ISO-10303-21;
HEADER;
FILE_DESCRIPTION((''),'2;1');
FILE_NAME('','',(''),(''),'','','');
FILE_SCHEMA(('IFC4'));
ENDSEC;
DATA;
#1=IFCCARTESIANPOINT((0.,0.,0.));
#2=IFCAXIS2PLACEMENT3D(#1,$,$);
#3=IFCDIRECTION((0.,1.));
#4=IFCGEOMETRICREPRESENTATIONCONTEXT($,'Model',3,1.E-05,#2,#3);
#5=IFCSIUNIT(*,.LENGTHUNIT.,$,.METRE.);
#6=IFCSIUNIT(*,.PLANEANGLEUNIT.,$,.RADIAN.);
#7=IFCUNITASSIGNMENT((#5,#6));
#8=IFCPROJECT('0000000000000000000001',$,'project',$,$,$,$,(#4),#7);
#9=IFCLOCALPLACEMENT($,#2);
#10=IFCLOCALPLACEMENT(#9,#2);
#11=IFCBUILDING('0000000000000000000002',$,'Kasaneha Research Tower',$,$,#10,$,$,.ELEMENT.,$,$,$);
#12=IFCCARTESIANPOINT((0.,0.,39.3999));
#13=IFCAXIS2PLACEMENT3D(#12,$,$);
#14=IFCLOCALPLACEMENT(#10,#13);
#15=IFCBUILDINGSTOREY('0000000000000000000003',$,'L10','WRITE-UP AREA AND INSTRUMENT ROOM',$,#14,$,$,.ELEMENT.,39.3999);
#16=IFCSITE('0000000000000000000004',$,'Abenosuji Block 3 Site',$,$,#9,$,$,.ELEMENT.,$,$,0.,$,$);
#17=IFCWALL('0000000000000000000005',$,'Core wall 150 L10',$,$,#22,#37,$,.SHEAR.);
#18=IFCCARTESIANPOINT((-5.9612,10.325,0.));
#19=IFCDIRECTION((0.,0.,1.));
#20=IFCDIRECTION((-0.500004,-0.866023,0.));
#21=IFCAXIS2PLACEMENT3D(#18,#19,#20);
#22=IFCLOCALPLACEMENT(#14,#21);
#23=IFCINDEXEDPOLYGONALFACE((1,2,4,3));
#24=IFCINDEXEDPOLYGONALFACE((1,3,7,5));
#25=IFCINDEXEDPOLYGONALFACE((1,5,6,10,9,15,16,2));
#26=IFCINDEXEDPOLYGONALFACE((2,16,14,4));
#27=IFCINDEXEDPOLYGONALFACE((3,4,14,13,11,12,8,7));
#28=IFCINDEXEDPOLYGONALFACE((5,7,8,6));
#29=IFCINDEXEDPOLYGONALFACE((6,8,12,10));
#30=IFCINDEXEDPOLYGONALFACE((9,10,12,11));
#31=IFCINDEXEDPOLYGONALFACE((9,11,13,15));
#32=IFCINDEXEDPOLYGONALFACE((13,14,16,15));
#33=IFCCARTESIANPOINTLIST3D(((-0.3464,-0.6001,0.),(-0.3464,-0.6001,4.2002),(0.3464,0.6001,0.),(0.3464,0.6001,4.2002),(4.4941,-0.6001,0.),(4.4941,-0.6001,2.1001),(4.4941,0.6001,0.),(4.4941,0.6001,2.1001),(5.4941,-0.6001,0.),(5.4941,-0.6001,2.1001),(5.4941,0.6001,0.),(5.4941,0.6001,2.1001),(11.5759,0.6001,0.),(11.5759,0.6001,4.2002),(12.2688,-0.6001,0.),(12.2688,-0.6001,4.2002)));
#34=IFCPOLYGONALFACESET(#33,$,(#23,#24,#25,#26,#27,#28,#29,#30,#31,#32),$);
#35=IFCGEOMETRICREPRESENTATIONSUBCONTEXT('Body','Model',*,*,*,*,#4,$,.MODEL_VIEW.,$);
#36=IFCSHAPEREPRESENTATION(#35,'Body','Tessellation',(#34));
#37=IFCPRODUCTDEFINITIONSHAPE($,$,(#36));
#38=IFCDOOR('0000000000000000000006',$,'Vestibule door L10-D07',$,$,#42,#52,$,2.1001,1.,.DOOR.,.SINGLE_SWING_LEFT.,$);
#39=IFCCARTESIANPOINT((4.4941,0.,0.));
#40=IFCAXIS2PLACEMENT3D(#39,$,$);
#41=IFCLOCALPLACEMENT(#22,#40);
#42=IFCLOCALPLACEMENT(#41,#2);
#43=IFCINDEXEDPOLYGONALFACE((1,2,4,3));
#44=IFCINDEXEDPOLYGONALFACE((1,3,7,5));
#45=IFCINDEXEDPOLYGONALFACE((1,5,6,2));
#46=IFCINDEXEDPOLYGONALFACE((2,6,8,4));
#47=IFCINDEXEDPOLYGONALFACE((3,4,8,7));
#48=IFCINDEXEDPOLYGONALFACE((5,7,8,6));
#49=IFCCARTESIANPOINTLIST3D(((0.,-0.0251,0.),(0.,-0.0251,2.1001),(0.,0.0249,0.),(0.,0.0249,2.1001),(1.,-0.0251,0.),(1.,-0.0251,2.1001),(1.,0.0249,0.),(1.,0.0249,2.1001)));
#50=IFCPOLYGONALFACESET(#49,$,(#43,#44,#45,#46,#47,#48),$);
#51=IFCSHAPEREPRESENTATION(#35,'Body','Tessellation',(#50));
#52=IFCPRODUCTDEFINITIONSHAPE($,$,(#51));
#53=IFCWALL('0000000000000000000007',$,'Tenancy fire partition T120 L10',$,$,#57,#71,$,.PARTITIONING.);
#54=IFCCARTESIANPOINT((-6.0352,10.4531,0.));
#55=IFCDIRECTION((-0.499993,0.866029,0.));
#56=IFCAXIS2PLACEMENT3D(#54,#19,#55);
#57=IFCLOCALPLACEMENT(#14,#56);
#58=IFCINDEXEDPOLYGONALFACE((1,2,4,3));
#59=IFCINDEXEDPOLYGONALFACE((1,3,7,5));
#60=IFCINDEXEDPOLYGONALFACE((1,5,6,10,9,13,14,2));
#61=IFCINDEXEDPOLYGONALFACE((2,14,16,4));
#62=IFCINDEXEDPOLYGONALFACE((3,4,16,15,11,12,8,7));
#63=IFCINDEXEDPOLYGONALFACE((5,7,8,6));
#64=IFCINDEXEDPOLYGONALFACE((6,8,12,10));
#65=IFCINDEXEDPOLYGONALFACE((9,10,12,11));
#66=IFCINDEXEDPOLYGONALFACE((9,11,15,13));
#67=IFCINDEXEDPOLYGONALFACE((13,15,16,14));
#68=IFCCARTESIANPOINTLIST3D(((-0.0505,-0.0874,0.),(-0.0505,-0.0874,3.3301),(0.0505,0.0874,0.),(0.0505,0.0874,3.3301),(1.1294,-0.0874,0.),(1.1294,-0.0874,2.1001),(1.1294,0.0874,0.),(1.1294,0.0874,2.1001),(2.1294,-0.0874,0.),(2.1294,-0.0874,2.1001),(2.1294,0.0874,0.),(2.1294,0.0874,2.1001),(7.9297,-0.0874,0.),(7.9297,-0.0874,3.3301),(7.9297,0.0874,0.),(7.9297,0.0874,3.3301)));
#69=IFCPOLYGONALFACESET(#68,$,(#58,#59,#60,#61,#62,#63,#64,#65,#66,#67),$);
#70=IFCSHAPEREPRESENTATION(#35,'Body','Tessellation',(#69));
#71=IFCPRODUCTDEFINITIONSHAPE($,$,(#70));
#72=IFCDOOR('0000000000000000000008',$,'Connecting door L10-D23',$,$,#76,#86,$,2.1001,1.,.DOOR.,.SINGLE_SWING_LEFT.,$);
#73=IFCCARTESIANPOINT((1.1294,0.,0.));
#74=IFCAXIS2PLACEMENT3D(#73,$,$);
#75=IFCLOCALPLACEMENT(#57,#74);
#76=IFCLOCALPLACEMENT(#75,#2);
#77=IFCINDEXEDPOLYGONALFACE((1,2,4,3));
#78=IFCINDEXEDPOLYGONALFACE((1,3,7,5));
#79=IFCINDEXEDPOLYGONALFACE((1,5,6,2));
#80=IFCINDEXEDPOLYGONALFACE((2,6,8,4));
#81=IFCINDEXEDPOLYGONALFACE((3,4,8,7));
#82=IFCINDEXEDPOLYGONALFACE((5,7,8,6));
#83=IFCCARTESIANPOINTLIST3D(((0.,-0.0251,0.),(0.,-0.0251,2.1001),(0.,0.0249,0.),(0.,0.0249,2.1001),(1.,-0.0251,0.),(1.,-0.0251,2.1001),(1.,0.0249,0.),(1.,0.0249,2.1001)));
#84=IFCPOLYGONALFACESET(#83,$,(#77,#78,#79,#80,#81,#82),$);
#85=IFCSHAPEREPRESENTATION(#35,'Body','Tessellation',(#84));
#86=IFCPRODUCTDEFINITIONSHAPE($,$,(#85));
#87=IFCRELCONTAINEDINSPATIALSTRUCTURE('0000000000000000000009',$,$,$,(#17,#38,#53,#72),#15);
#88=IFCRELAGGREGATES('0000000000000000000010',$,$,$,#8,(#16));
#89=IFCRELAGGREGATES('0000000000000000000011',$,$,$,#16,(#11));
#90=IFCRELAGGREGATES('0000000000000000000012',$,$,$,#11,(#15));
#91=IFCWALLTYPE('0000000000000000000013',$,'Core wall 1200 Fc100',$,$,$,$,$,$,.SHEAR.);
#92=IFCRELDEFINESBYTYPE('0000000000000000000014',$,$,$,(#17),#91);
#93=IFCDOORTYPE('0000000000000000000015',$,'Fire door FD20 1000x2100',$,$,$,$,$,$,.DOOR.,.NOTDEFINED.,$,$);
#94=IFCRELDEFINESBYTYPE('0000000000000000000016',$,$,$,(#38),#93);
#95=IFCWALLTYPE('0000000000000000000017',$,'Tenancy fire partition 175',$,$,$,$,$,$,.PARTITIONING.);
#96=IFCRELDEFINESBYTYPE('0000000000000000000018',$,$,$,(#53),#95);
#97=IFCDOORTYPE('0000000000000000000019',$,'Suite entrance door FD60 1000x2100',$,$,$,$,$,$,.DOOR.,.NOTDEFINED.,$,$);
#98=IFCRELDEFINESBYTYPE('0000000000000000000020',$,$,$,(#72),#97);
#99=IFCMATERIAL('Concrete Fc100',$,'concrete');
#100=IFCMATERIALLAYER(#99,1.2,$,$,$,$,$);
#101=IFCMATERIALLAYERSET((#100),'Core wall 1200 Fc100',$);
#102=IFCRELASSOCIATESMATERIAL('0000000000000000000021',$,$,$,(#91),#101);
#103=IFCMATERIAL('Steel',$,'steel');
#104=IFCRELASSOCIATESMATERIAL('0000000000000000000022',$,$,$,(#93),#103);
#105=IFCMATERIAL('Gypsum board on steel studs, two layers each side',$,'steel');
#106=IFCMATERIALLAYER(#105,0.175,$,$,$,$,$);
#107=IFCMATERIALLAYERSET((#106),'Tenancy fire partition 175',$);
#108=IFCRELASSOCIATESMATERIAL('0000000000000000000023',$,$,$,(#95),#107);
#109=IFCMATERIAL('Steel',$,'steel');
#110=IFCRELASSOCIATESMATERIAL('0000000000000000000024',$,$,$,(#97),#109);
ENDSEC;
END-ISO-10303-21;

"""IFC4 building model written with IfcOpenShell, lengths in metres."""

from ifc_helpers import new_model, si_unit, direction, frame, frame_2d, origin, place, context, subcontext, project, spatial, polyline, rectangle, outline, extrude, material, layer, layer_set, type_object, element, fill, save


model = new_model("IFC4")

# Units and contexts
model_context = context("Model", 3, precision=1e-05, world=origin(), true_north=direction((0.0, 1.0)))
body_context = subcontext(model_context, "Body", "Model", "MODEL_VIEW")
ifc_project = project(units=[si_unit("LENGTHUNIT", "METRE"), si_unit("PLANEANGLEUNIT", "RADIAN")], contexts=[model_context])

# Site, building, storey
site_placement = place(None, origin())
site = spatial("IfcSite", under=ifc_project, at=site_placement, Name="Abenosuji Block 3 Site", CompositionType="ELEMENT", RefElevation=0.0)
building_placement = place(site_placement, origin())
building = spatial("IfcBuilding", under=site, at=building_placement, Name="Kasaneha Research Tower", CompositionType="ELEMENT")
storey_placement = place(building_placement, frame((0.0, 0.0, 39.3999)))
storey = spatial("IfcBuildingStorey", under=building, at=storey_placement, Name="L10", Description="WRITE-UP AREA AND INSTRUMENT ROOM", CompositionType="ELEMENT", Elevation=39.3999)

# Wall, opening, door
ifc_material_1 = material(Name="Concrete Fc100", Category="concrete")
ifc_layer_1 = layer(ifc_material_1, 1.2)
ifc_layer_set_1 = layer_set([ifc_layer_1], Name="Core wall 1200 Fc100")
wall_type_1 = type_object("IfcWallType", Name="Core wall 1200 Fc100", PredefinedType="SHEAR", material=ifc_layer_set_1)
wall_1_placement = place(storey_placement, frame((-5.9612, 10.325, 0.0), z_axis=(0.0, 0.0, 1.0), x_axis=(-0.500004, -0.866023, 0.0)))
wall_1 = element("IfcWall", 1, at=wall_1_placement, inside=storey, type_object=wall_type_1, Name="Core wall 150 L10", PredefinedType="SHEAR", context=body_context, shape_type="SweptSolid", body=[
    extrude(outline(polyline([(-0.3464, -0.6001), (4.4941, -0.6001), (5.4941, -0.6001), (12.2688, -0.6001), (11.5759, 0.6001), (5.4941, 0.6001), (4.4941, 0.6001), (0.3464, 0.6001), (-0.3464, -0.6001)])), origin(), (0.0, 0.0, 1.0), 4.2002),
])
opening_1_placement = place(wall_1_placement, frame((4.4941, 0.0, 0.0)))
opening_1 = element("IfcOpeningElement", 2, at=opening_1_placement, cuts=wall_1, PredefinedType="OPENING", context=body_context, shape_type="SweptSolid", body=[
    extrude(rectangle(XDim=1.0, YDim=2.1001, at=frame_2d((0.5, 1.05))), frame((0.0, 0.6099, 0.0), z_axis=(0.0, -1.0, 0.0), x_axis=(1.0, 0.0, 0.0)), (0.0, 0.0, 1.0), 1.22),
])
ifc_material_2 = material(Name="Steel", Category="steel")
door_type_1 = type_object("IfcDoorType", Name="Fire door FD20 1000x2100", OperationType="NOTDEFINED", PredefinedType="DOOR", material=ifc_material_2)
door_1_placement = place(opening_1_placement, origin())
door_1 = element("IfcDoor", 3, at=door_1_placement, inside=storey, type_object=door_type_1, Name="Vestibule door L10-D07", OperationType="SINGLE_SWING_LEFT", OverallHeight=2.1001, OverallWidth=1.0, PredefinedType="DOOR", context=body_context, shape_type="SweptSolid", body=[
    extrude(rectangle(XDim=1.0, YDim=2.1001, at=frame_2d((0.5, 1.05))), frame((0.0, 0.0249, 0.0), z_axis=(0.0, -1.0, 0.0), x_axis=(1.0, 0.0, 0.0)), (0.0, 0.0, 1.0), 0.05),
])
fill(opening_1, door_1)

# Wall, opening, door
ifc_material_3 = material(Name="Gypsum board on steel studs, two layers each side", Category="steel")
ifc_layer_2 = layer(ifc_material_3, 0.175)
ifc_layer_set_2 = layer_set([ifc_layer_2], Name="Tenancy fire partition 175")
wall_type_2 = type_object("IfcWallType", Name="Tenancy fire partition 175", PredefinedType="PARTITIONING", material=ifc_layer_set_2)
wall_2_placement = place(storey_placement, frame((-6.0352, 10.4531, 0.0), z_axis=(0.0, 0.0, 1.0), x_axis=(-0.499993, 0.866029, 0.0)))
wall_2 = element("IfcWall", 4, at=wall_2_placement, inside=storey, type_object=wall_type_2, Name="Tenancy fire partition T120 L10", PredefinedType="PARTITIONING", context=body_context, shape_type="SweptSolid", body=[
    extrude(outline(polyline([(-0.0505, -0.0874), (1.1294, -0.0874), (2.1294, -0.0874), (7.9297, -0.0874), (7.9297, 0.0874), (2.1294, 0.0874), (1.1294, 0.0874), (0.0505, 0.0874), (-0.0505, -0.0874)])), origin(), (0.0, 0.0, 1.0), 3.3301),
])
opening_2_placement = place(wall_2_placement, frame((1.1294, 0.0, 0.0)))
opening_2 = element("IfcOpeningElement", 5, at=opening_2_placement, cuts=wall_2, PredefinedType="OPENING", context=body_context, shape_type="SweptSolid", body=[
    extrude(rectangle(XDim=1.0, YDim=2.1001, at=frame_2d((0.5, 1.05))), frame((0.0, 0.0977, 0.0), z_axis=(0.0, -1.0, 0.0), x_axis=(1.0, 0.0, 0.0)), (0.0, 0.0, 1.0), 0.1951),
])
ifc_material_4 = material(Name="Steel", Category="steel")
door_type_2 = type_object("IfcDoorType", Name="Suite entrance door FD60 1000x2100", OperationType="NOTDEFINED", PredefinedType="DOOR", material=ifc_material_4)
door_2_placement = place(opening_2_placement, origin())
door_2 = element("IfcDoor", 6, at=door_2_placement, inside=storey, type_object=door_type_2, Name="Connecting door L10-D23", OperationType="SINGLE_SWING_LEFT", OverallHeight=2.1001, OverallWidth=1.0, PredefinedType="DOOR", context=body_context, shape_type="SweptSolid", body=[
    extrude(rectangle(XDim=1.0, YDim=2.1001, at=frame_2d((0.5, 1.05))), frame((0.0, 0.0249, 0.0), z_axis=(0.0, -1.0, 0.0), x_axis=(1.0, 0.0, 0.0)), (0.0, 0.0, 1.0), 0.05),
])
fill(opening_2, door_2)

save(model, "model.ifc")
